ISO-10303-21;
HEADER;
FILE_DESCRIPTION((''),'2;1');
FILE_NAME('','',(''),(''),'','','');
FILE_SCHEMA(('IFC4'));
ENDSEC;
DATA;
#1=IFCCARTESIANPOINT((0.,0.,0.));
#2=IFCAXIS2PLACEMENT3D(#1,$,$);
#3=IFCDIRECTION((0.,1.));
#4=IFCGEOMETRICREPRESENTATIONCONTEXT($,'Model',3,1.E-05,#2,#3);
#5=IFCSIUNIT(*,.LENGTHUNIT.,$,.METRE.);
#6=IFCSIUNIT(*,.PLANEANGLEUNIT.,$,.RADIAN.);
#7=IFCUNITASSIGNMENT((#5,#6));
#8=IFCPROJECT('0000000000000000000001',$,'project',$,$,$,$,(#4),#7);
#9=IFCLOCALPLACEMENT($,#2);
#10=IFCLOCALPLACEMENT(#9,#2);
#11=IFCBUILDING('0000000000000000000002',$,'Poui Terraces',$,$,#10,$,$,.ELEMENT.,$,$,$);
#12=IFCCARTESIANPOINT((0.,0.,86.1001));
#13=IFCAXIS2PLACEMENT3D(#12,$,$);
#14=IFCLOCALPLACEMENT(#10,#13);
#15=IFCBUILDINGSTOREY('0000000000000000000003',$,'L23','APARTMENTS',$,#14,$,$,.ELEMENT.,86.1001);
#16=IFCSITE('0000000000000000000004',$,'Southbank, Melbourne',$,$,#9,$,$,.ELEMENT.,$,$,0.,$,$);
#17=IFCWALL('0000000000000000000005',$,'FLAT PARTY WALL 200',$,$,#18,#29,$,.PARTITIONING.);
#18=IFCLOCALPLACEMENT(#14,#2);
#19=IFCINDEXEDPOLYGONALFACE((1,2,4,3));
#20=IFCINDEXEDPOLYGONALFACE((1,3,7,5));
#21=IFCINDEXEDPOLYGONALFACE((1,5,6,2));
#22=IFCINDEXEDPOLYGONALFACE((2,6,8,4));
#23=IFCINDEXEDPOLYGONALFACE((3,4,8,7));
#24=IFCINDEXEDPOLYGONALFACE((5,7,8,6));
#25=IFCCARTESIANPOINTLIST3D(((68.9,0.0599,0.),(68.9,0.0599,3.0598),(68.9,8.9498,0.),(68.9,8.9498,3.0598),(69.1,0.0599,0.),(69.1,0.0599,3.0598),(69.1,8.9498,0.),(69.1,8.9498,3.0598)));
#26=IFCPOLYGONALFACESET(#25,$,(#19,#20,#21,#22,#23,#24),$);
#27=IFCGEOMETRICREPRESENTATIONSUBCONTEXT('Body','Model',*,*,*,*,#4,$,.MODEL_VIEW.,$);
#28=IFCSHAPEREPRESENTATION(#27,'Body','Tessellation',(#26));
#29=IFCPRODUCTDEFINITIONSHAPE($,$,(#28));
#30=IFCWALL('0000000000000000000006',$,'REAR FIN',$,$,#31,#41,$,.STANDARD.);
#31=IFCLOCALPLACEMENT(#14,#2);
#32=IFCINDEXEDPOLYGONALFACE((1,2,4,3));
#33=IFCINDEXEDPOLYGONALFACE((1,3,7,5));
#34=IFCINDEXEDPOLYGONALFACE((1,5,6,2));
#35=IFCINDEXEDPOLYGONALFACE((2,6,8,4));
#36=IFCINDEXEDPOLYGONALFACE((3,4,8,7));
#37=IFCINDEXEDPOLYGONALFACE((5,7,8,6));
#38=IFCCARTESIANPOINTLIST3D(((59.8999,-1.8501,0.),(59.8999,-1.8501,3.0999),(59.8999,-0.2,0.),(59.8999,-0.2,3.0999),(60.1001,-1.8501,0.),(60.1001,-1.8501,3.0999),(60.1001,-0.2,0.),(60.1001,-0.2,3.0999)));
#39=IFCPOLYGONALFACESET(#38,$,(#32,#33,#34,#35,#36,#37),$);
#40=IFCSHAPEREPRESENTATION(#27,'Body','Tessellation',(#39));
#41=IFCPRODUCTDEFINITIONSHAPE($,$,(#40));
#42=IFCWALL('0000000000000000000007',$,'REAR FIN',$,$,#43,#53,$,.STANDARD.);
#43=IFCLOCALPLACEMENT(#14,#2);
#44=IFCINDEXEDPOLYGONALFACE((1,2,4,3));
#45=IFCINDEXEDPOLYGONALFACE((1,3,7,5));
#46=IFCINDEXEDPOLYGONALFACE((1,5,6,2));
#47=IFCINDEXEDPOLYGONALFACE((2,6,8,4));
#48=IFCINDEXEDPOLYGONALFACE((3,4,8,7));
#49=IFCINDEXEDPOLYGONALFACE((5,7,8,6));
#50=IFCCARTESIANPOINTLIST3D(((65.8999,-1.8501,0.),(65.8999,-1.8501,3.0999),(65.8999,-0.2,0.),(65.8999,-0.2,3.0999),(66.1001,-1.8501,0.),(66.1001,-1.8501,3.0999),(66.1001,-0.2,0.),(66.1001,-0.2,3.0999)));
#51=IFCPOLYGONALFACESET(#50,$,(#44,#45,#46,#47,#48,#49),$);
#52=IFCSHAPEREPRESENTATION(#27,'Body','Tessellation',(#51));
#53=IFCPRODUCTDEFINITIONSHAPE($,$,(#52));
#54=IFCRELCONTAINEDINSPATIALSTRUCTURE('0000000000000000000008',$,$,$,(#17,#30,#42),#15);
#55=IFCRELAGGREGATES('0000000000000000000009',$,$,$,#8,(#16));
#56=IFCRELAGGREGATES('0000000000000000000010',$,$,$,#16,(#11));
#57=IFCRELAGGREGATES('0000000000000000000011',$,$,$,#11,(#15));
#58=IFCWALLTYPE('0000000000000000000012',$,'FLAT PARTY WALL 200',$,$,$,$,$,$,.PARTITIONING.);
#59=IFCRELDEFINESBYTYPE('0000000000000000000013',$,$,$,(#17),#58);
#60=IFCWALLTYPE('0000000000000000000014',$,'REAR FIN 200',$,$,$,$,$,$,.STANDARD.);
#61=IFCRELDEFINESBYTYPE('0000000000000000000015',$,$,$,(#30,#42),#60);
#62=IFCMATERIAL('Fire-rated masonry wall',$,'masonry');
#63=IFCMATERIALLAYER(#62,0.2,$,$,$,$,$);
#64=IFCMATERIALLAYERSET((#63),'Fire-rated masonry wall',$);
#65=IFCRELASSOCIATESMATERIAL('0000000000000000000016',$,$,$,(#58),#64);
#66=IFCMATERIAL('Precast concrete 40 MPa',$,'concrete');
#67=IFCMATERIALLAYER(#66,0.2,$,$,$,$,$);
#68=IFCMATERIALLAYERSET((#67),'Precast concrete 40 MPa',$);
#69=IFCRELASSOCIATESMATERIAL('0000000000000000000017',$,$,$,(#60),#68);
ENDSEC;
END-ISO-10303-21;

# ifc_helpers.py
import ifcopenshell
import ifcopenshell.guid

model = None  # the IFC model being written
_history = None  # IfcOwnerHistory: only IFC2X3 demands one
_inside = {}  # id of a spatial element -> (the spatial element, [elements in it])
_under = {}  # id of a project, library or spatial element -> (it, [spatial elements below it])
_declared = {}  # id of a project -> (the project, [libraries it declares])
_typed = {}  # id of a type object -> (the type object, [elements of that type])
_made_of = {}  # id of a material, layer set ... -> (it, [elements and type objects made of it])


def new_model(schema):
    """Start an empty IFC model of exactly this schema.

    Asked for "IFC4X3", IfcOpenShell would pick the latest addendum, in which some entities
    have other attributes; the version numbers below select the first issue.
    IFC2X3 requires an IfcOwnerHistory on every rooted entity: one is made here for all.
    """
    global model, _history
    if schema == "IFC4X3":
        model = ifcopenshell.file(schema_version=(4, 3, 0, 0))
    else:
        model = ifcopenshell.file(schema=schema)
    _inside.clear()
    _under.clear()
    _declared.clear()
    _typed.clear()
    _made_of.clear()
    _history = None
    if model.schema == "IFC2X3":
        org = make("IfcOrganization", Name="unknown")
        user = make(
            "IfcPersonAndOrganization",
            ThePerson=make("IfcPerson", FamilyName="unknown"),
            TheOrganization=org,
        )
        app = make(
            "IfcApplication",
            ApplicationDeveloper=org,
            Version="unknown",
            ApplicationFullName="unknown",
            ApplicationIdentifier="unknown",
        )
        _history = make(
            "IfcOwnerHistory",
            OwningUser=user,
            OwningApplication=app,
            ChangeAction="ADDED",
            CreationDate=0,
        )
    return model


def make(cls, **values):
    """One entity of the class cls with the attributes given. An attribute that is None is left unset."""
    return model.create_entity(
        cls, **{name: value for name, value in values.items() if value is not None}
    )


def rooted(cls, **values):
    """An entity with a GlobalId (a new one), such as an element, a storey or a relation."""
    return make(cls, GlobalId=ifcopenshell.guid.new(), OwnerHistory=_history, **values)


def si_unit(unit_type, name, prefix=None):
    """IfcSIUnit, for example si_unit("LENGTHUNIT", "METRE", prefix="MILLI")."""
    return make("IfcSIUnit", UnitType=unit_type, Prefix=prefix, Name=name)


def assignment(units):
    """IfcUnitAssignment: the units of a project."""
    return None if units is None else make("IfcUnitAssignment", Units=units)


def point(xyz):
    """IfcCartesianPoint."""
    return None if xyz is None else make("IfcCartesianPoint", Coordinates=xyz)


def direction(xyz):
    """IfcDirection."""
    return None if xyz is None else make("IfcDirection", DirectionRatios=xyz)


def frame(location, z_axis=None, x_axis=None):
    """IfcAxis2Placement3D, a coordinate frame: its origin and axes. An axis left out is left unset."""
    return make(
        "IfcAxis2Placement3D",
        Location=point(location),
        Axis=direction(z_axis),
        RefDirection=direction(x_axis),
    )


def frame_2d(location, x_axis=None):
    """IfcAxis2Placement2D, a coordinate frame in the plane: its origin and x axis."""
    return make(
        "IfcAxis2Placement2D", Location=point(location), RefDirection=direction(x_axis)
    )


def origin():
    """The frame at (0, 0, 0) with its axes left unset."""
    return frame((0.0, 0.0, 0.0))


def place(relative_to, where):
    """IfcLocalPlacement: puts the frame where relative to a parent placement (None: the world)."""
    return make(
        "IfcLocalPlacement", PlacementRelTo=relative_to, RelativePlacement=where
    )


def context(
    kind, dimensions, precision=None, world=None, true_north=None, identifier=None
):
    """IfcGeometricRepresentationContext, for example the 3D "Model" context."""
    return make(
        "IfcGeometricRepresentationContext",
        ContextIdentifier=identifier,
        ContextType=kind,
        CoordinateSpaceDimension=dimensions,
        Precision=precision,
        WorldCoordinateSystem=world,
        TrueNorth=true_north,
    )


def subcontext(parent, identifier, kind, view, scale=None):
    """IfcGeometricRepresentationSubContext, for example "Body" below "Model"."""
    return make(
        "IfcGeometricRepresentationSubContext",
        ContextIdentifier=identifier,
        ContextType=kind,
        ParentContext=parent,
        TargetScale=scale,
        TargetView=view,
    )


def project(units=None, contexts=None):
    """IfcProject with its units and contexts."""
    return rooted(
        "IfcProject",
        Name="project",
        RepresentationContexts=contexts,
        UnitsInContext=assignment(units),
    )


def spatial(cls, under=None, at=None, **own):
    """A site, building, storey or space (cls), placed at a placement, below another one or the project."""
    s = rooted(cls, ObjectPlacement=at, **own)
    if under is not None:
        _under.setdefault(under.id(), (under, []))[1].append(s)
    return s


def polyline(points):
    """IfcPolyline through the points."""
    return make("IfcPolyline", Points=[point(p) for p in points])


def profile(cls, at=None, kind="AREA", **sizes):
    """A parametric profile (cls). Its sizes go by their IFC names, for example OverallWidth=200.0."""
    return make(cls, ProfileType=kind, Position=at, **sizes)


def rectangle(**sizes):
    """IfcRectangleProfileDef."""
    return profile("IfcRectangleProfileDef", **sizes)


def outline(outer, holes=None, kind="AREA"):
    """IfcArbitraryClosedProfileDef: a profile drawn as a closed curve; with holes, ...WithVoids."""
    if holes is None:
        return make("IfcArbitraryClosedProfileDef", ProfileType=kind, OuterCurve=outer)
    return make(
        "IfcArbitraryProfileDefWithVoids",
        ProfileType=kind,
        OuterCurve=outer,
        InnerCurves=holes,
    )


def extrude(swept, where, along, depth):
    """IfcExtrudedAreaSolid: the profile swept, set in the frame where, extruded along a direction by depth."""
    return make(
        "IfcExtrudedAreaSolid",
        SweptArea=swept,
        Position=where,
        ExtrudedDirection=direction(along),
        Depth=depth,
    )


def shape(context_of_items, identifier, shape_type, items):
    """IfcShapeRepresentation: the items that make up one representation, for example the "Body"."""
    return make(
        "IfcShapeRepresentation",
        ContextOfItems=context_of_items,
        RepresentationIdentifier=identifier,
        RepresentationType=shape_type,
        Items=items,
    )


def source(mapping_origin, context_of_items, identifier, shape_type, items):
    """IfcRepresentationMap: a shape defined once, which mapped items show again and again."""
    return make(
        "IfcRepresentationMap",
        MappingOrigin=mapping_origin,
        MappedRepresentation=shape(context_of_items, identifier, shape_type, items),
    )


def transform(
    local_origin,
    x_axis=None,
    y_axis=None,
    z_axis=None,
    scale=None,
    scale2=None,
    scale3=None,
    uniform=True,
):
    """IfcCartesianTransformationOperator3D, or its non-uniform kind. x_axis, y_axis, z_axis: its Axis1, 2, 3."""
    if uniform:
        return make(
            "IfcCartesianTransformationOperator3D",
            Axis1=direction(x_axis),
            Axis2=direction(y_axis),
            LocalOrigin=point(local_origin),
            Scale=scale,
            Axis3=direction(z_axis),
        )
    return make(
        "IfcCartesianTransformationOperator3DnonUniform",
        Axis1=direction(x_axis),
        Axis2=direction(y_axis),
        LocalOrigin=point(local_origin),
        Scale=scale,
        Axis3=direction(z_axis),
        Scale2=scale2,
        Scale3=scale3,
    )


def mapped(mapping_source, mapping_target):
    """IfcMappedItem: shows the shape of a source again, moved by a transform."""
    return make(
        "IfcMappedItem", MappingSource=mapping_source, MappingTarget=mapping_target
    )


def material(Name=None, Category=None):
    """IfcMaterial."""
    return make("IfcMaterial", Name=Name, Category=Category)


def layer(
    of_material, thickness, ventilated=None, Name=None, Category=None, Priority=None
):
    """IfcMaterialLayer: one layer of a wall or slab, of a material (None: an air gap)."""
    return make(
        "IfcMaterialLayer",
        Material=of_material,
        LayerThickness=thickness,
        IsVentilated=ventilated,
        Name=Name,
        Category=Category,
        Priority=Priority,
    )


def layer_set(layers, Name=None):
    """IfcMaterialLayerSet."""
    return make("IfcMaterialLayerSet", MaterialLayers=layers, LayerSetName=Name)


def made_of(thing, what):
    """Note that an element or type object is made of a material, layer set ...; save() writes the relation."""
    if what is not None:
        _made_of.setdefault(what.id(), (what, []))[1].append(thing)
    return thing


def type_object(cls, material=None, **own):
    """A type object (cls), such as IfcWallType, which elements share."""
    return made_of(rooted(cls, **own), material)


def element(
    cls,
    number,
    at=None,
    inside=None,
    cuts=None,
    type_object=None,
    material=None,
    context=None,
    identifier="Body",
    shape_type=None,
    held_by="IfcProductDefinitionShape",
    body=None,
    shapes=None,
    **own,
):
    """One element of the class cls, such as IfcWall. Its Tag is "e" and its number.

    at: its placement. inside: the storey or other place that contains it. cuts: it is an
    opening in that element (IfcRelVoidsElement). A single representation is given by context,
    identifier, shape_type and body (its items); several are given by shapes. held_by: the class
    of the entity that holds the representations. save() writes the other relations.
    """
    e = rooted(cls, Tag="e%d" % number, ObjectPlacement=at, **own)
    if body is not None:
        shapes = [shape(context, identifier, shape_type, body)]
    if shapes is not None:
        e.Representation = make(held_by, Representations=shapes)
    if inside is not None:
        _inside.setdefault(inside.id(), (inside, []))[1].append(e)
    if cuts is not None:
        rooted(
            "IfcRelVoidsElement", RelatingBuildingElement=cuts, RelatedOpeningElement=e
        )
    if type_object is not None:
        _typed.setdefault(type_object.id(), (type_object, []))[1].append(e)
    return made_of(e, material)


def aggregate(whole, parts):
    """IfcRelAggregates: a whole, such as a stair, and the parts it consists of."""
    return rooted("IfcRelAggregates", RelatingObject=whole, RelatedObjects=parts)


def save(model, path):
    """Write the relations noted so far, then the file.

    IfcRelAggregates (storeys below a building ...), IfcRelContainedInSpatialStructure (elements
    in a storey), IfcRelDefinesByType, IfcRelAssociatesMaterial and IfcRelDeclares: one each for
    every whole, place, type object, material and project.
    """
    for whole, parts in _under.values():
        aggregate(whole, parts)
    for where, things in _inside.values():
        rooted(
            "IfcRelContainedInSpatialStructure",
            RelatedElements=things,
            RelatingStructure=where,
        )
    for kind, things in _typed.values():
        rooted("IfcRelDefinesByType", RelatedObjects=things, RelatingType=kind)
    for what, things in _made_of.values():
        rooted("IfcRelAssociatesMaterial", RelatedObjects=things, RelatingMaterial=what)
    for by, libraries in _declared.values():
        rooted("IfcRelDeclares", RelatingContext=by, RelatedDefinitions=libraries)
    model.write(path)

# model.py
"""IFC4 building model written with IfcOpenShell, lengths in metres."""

from ifc_helpers import new_model, si_unit, direction, frame, frame_2d, origin, place, context, subcontext, project, spatial, polyline, rectangle, outline, extrude, source, transform, mapped, material, layer, layer_set, type_object, element, save


model = new_model("IFC4")

# Units and contexts
model_context = context("Model", 3, precision=1e-05, world=origin(), true_north=direction((0.0, 1.0)))
body_context = subcontext(model_context, "Body", "Model", "MODEL_VIEW")
ifc_project = project(units=[si_unit("LENGTHUNIT", "METRE"), si_unit("PLANEANGLEUNIT", "RADIAN")], contexts=[model_context])

# Site, building, storey
site_placement = place(None, origin())
site = spatial("IfcSite", under=ifc_project, at=site_placement, Name="Southbank, Melbourne", CompositionType="ELEMENT", RefElevation=0.0)
building_placement = place(site_placement, origin())
building = spatial("IfcBuilding", under=site, at=building_placement, Name="Poui Terraces", CompositionType="ELEMENT")
storey_placement = place(building_placement, frame((0.0, 0.0, 86.1001)))
storey = spatial("IfcBuildingStorey", under=building, at=storey_placement, Name="L23", Description="APARTMENTS", CompositionType="ELEMENT", Elevation=86.1001)

# Shared definitions
ifc_material_1 = material(Name="Precast concrete 40 MPa", Category="concrete")

# Walls
ifc_material_2 = material(Name="Fire-rated masonry wall", Category="masonry")
ifc_layer_1 = layer(ifc_material_2, 0.2)
ifc_layer_set_1 = layer_set([ifc_layer_1], Name="Fire-rated masonry wall")
wall_type_1 = type_object("IfcWallType", Name="FLAT PARTY WALL 200", PredefinedType="PARTITIONING", material=ifc_layer_set_1)
wall_1_placement = place(storey_placement, frame((69.0, 0.0601, 0.0), z_axis=(0.0, 0.0, 1.0), x_axis=(0.0, 1.0, 0.0)))
element("IfcWall", 1, at=wall_1_placement, inside=storey, type_object=wall_type_1, Name="FLAT PARTY WALL 200", PredefinedType="PARTITIONING", context=body_context, shape_type="SweptSolid", body=[
    extrude(rectangle(XDim=8.8899, YDim=0.2, at=frame_2d((4.4448, 0.0))), origin(), (0.0, 0.0, 1.0), 3.0598),
])
ifc_layer_2 = layer(ifc_material_1, 0.2)
ifc_layer_set_2 = layer_set([ifc_layer_2], Name="Precast concrete 40 MPa")
wall_type_2 = type_object("IfcWallType", Name="REAR FIN 200", PredefinedType="STANDARD", material=ifc_layer_set_2)
shared_shape_1 = source(origin(), body_context, "Body", "SweptSolid", [
    extrude(outline(polyline([(0.0, 0.0), (0.2002, 0.0), (0.2002, 1.6501), (0.0, 1.6501), (0.0, 0.0)])), origin(), (0.0, 0.0, 1.0), 3.0999),
])
for number, where, name in (
    (2, (59.8999, -1.8501, 0.0), "REAR FIN"),
    (3, (65.8999, -1.8501, 0.0), "REAR FIN"),
):
    element("IfcWall", number, at=place(storey_placement, frame(where)), inside=storey, type_object=wall_type_2, Name=name, PredefinedType="STANDARD", context=body_context, shape_type="MappedRepresentation", body=[
        mapped(shared_shape_1, transform((0.0, 0.0, 0.0))),
    ])

save(model, "model.ifc")
